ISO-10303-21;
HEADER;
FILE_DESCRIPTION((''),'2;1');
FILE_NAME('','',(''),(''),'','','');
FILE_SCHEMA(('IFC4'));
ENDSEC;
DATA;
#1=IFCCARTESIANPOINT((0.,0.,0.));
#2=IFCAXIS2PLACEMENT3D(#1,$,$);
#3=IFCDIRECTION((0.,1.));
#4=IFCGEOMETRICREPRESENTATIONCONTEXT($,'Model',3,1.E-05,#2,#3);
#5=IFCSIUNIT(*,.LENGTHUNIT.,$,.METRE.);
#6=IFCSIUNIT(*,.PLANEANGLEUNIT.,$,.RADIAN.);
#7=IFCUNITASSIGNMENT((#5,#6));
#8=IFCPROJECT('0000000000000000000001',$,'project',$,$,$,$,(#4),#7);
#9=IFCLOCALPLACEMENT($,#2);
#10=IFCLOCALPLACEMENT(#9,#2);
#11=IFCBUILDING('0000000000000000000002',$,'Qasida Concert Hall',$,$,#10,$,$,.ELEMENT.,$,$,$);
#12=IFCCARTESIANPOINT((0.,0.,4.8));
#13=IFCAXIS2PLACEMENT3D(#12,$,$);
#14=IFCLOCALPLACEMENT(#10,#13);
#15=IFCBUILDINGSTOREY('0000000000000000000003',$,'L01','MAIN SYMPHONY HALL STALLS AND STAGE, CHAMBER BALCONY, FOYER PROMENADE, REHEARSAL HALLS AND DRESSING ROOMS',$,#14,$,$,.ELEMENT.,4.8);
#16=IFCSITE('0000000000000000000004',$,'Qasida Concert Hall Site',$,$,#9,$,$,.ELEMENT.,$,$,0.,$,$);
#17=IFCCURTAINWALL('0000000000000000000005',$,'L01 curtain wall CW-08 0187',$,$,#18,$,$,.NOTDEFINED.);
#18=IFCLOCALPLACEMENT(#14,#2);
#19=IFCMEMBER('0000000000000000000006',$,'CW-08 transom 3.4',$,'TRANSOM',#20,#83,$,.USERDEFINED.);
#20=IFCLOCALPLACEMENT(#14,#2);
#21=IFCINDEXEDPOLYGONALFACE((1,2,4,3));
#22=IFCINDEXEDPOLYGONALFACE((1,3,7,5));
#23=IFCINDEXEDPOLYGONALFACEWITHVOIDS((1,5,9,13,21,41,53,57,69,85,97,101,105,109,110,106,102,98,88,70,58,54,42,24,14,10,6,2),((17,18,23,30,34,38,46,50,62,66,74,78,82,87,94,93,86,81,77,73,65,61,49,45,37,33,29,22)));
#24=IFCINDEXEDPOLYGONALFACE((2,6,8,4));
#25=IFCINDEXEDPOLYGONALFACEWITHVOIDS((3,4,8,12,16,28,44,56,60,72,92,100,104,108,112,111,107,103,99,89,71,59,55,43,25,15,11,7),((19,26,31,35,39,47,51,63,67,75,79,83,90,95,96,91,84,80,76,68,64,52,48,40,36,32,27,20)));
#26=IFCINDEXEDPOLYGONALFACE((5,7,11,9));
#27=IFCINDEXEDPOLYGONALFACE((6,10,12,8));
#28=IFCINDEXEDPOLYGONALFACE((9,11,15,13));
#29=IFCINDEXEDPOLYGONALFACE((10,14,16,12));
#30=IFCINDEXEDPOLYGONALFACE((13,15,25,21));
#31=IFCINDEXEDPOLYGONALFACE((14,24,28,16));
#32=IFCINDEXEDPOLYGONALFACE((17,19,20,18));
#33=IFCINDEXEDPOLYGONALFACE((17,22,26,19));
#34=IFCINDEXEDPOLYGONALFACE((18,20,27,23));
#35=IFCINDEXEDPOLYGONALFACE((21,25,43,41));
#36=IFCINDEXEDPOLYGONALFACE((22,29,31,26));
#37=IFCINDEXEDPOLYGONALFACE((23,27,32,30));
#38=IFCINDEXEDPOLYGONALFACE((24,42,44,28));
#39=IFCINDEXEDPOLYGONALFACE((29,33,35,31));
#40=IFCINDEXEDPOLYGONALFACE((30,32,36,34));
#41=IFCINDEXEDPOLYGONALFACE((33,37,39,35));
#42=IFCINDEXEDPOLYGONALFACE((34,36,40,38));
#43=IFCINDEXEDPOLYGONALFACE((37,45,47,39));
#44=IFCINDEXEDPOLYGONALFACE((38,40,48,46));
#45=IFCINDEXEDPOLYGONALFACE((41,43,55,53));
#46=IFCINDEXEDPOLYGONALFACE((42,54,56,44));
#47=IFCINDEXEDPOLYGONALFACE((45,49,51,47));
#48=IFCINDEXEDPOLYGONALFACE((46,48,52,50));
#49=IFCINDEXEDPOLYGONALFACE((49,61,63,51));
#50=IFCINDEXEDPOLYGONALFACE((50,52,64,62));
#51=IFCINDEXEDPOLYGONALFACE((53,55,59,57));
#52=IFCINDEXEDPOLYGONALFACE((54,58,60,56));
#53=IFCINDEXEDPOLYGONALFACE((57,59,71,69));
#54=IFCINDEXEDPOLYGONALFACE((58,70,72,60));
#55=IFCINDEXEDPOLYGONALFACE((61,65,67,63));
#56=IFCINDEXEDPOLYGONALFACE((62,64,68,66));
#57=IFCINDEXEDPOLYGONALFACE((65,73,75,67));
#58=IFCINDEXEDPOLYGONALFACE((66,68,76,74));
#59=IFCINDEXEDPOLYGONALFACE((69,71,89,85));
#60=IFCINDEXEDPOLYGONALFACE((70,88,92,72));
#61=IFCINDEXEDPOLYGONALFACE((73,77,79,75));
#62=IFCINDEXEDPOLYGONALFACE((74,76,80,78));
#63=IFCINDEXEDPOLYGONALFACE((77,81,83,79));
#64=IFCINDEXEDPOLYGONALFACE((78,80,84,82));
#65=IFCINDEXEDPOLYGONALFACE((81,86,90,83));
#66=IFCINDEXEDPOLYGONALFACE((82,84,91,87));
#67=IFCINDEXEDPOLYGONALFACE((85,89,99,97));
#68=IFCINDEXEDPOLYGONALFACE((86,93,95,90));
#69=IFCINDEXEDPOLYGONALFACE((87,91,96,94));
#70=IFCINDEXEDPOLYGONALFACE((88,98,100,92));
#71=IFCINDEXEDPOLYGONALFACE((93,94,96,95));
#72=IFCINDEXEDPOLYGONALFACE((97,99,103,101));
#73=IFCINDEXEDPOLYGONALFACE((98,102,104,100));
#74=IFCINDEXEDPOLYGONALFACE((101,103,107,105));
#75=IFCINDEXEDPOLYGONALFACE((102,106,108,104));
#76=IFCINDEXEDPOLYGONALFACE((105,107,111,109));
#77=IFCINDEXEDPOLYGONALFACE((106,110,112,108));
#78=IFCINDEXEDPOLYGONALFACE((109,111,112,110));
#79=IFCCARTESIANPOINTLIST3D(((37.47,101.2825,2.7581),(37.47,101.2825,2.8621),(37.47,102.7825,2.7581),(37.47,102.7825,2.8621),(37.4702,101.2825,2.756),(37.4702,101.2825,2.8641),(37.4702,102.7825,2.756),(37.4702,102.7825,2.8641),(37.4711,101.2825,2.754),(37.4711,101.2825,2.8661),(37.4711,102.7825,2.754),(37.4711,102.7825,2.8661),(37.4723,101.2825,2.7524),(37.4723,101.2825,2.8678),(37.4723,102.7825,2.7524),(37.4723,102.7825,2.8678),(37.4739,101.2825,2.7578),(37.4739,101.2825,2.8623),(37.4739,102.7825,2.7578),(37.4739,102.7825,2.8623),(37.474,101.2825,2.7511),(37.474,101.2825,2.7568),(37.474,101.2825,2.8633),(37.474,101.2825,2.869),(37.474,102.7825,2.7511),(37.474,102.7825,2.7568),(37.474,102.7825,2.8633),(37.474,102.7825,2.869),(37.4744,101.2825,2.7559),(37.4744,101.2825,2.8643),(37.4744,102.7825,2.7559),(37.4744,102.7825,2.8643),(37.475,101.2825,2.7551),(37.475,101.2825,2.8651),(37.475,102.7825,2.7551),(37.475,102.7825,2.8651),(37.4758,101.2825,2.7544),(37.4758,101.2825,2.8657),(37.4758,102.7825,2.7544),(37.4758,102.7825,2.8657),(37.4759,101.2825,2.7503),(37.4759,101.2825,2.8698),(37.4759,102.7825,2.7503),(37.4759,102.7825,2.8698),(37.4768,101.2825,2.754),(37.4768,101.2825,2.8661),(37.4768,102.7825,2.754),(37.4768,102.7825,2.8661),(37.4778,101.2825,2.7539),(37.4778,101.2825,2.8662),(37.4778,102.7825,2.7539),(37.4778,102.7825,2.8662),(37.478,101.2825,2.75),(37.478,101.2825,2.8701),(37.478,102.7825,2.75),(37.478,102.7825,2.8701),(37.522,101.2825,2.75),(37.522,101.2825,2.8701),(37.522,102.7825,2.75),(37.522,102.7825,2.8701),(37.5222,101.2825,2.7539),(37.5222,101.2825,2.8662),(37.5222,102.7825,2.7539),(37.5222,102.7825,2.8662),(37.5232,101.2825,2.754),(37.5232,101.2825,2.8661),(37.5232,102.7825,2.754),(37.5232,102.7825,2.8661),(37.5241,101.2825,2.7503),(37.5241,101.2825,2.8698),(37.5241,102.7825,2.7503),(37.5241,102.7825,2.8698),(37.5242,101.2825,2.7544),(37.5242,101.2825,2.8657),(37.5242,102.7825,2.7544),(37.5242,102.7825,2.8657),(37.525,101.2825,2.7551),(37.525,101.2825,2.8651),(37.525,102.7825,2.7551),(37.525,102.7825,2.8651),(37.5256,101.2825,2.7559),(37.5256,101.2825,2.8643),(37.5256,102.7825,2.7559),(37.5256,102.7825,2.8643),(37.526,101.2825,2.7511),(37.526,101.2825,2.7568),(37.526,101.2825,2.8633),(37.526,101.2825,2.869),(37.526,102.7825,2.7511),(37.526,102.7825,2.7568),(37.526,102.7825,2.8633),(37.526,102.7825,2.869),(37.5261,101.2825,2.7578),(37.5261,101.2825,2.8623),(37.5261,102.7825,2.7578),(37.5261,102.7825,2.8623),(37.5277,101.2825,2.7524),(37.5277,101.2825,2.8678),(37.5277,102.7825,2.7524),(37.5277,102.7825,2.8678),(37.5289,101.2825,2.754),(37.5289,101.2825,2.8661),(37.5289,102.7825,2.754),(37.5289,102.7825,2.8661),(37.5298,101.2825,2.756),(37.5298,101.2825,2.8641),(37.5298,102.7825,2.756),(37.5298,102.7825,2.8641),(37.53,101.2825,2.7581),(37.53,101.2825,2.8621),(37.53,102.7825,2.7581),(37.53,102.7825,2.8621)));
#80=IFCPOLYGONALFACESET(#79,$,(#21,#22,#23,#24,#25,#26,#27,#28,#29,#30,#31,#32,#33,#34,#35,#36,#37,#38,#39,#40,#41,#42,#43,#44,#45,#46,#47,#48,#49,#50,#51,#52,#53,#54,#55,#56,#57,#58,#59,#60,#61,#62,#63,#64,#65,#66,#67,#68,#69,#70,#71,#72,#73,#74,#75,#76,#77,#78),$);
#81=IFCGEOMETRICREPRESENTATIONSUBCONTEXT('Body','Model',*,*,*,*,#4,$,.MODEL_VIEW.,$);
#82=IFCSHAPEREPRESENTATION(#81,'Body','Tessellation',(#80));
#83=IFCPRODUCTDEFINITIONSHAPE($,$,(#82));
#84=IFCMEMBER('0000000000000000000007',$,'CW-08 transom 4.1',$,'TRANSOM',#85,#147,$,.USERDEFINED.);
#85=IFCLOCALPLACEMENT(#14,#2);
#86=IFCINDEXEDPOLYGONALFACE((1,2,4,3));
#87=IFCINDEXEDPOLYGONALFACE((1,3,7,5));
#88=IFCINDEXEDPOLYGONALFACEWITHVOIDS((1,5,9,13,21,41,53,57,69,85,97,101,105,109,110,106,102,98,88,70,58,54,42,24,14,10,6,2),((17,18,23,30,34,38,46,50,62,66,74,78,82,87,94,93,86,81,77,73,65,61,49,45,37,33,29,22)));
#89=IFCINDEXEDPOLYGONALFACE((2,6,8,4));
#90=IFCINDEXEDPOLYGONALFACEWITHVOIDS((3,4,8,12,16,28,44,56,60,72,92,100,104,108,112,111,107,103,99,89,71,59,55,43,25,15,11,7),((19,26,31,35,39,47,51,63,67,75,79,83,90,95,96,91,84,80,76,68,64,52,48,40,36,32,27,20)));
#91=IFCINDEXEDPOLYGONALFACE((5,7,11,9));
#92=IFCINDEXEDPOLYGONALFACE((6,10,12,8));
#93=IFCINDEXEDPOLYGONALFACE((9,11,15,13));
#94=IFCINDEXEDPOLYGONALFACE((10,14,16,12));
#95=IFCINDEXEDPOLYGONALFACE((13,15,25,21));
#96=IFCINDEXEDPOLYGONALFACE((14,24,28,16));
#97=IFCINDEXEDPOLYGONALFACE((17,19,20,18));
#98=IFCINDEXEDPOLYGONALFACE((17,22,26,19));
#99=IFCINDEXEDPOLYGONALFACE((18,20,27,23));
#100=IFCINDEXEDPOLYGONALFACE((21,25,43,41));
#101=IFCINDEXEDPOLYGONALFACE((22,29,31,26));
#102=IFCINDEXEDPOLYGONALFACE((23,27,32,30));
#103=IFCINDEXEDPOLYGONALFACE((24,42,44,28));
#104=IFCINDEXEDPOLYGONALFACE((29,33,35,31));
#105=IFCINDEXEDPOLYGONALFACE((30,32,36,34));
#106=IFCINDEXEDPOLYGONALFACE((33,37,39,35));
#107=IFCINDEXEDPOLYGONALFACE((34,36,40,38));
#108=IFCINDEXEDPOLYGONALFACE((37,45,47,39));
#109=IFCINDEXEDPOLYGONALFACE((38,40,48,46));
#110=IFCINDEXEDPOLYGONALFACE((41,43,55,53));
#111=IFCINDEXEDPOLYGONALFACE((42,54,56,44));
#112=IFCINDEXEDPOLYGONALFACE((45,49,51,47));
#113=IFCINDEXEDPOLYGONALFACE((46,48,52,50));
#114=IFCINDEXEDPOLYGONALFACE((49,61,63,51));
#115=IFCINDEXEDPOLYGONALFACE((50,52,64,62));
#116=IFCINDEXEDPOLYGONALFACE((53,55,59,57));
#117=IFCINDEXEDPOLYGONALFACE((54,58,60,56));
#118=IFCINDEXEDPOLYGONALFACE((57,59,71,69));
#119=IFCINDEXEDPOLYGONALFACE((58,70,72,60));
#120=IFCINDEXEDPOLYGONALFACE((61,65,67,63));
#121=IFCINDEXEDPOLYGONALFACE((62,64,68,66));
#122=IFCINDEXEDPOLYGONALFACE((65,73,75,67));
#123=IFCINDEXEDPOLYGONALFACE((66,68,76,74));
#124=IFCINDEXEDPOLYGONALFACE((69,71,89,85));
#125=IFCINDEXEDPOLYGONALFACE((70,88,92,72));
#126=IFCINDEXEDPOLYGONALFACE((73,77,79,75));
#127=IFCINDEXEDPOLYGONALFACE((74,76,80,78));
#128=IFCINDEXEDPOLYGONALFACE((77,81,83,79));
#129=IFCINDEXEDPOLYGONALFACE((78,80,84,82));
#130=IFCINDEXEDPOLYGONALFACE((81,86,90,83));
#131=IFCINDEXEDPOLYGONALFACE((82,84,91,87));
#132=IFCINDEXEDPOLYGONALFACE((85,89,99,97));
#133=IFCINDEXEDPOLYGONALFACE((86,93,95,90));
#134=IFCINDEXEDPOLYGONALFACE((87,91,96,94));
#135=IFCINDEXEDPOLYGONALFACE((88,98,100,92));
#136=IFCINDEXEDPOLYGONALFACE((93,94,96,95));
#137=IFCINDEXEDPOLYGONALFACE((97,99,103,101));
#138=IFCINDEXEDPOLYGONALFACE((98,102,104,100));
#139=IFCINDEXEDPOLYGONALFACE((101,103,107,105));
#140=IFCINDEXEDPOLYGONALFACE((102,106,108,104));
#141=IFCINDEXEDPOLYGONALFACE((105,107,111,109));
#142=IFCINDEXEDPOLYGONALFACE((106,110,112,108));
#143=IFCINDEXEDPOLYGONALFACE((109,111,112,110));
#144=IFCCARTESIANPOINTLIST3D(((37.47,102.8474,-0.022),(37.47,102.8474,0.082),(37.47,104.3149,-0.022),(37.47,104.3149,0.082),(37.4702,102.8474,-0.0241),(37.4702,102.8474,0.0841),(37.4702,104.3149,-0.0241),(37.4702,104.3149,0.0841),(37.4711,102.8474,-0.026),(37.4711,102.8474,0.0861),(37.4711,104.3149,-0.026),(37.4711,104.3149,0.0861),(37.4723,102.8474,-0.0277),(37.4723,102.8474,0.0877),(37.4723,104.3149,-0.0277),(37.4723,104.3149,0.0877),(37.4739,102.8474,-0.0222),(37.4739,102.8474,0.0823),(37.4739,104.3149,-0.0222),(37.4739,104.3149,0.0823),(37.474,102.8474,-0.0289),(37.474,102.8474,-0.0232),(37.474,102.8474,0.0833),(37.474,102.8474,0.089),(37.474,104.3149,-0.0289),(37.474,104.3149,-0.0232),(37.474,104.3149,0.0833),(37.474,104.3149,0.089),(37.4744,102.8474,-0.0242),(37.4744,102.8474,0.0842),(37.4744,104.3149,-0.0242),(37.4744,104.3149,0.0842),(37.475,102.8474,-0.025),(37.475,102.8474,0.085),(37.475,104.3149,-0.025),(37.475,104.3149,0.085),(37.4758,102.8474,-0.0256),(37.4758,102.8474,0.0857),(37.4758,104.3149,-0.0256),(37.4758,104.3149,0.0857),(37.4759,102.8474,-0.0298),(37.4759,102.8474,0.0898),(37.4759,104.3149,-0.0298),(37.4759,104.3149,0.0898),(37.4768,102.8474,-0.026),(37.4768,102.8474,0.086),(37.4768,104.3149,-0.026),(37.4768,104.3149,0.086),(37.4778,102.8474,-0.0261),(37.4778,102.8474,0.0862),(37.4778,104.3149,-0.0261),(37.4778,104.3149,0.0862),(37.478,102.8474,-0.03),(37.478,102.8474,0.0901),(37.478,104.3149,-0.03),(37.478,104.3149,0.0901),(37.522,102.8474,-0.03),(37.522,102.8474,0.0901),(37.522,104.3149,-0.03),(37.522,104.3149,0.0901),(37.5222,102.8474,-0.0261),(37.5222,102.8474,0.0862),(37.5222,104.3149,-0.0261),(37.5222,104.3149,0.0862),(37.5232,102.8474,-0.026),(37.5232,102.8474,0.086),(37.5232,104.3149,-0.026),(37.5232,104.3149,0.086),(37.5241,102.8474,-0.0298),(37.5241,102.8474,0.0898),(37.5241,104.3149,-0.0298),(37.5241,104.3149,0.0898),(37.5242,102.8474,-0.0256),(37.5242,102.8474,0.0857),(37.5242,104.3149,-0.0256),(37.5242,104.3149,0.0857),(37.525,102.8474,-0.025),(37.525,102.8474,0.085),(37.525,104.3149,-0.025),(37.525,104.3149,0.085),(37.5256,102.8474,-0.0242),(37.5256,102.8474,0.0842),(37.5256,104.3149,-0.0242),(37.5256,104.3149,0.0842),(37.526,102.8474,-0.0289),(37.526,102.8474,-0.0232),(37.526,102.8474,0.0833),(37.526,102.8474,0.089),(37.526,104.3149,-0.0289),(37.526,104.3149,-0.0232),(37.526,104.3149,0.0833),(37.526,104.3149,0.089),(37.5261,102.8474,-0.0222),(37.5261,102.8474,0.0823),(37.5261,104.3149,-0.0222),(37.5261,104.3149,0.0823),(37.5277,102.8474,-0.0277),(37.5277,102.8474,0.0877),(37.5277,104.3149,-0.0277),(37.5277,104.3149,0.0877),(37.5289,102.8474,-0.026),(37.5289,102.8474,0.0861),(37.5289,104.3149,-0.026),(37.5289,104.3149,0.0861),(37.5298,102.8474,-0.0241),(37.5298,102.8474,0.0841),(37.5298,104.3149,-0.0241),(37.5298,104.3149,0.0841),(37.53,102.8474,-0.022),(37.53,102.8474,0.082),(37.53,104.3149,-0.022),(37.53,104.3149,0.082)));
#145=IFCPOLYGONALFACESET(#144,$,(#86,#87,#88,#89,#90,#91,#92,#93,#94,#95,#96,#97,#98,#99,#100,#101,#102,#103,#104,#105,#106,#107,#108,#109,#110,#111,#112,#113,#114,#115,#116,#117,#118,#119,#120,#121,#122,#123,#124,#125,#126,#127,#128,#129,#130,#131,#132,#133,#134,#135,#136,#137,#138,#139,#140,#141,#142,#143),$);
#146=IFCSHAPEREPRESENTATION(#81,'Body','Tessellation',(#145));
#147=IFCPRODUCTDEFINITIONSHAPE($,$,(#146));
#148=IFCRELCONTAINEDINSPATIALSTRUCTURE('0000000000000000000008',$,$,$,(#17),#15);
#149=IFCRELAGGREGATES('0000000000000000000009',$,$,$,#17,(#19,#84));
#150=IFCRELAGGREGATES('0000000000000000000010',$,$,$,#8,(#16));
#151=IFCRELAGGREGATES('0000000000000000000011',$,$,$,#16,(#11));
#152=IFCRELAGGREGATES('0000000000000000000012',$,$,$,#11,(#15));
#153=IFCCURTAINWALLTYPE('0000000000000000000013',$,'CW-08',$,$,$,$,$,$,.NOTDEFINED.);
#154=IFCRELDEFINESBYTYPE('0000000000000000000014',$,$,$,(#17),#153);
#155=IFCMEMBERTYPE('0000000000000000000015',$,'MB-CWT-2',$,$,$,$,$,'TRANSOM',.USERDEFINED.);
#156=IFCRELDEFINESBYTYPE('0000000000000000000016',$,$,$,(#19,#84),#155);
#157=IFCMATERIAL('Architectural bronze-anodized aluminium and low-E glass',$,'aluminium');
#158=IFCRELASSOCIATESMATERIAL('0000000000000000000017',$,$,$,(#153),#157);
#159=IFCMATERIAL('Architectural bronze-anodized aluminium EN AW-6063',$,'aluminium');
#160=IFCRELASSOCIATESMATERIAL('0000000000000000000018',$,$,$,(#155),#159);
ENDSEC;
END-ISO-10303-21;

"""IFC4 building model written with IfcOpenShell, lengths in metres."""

from ifc_helpers import new_model, si_unit, direction, frame, origin, origin_2d, place, context, subcontext, project, spatial, hollow_rectangle, extrude, material, material_profile, profile_set, type_object, element, aggregate, save


model = new_model("IFC4")

# Units and contexts
model_context = context("Model", 3, precision=1e-05, world=origin(), true_north=direction((0.0, 1.0)))
body_context = subcontext(model_context, "Body", "Model", "MODEL_VIEW")
ifc_project = project(units=[si_unit("LENGTHUNIT", "METRE"), si_unit("PLANEANGLEUNIT", "RADIAN")], contexts=[model_context])

# Site, building, storey
site_placement = place(None, origin())
site = spatial("IfcSite", under=ifc_project, at=site_placement, Name="Qasida Concert Hall Site", CompositionType="ELEMENT", RefElevation=0.0)
building_placement = place(site_placement, origin())
building = spatial("IfcBuilding", under=site, at=building_placement, Name="Qasida Concert Hall", CompositionType="ELEMENT")
storey_placement = place(building_placement, frame((0.0, 0.0, 4.8)))
storey = spatial("IfcBuildingStorey", under=building, at=storey_placement, Name="L01", Description="MAIN SYMPHONY HALL STALLS AND STAGE, CHAMBER BALCONY, FOYER PROMENADE, REHEARSAL HALLS AND DRESSING ROOMS", CompositionType="ELEMENT", Elevation=4.8)

# Curtain wall, members
ifc_material_1 = material(Name="Architectural bronze-anodized aluminium and low-E glass", Category="aluminium")
curtain_wall_type = type_object("IfcCurtainWallType", Name="CW-08", PredefinedType="NOTDEFINED", material=ifc_material_1)
curtain_wall_placement = place(storey_placement, origin())
curtain_wall = element("IfcCurtainWall", 1, at=curtain_wall_placement, inside=storey, type_object=curtain_wall_type, Name="L01 curtain wall CW-08 0187", PredefinedType="NOTDEFINED")
ifc_material_2 = material(Name="Architectural bronze-anodized aluminium EN AW-6063", Category="aluminium")
ifc_material_profile_1 = material_profile(ifc_material_2, hollow_rectangle(XDim=0.0601, YDim=0.1201, WallThickness=0.0039, InnerFilletRadius=0.0039, OuterFilletRadius=0.0081, at=origin_2d()), Name="CWT 120x60x4")
ifc_profile_set_1 = profile_set([ifc_material_profile_1], Name="Architectural bronze-anodized aluminium EN AW-6063")
member_type_1 = type_object("IfcMemberType", Name="MB-CWT-2", ElementType="TRANSOM", PredefinedType="USERDEFINED", material=ifc_profile_set_1)
member_1_placement = place(storey_placement, frame((37.5, 101.2825, 2.8101), z_axis=(0.0, 1.0, 0.0), x_axis=(-1.0, 0.0, 0.0)))
member_1 = element("IfcMember", 2, at=member_1_placement, type_object=member_type_1, Name="CW-08 transom 3.4", ObjectType="TRANSOM", PredefinedType="USERDEFINED", context=body_context, shape_type="SweptSolid", body=[
    extrude(hollow_rectangle(XDim=0.0601, YDim=0.1201, WallThickness=0.0039, InnerFilletRadius=0.0039, OuterFilletRadius=0.0081, at=origin_2d()), origin(), (0.0, 0.0, 1.0), 1.5),
])
member_2_placement = place(storey_placement, frame((37.5, 102.8474, 0.03), z_axis=(0.0, 1.0, 0.0), x_axis=(-1.0, 0.0, 0.0)))
member_2 = element("IfcMember", 3, at=member_2_placement, type_object=member_type_1, Name="CW-08 transom 4.1", ObjectType="TRANSOM", PredefinedType="USERDEFINED", context=body_context, shape_type="SweptSolid", body=[
    extrude(hollow_rectangle(XDim=0.0601, YDim=0.1201, WallThickness=0.0039, InnerFilletRadius=0.0039, OuterFilletRadius=0.0081, at=origin_2d()), origin(), (0.0, 0.0, 1.0), 1.4675),
])
aggregate(curtain_wall, [member_1, member_2])

save(model, "model.ifc")
